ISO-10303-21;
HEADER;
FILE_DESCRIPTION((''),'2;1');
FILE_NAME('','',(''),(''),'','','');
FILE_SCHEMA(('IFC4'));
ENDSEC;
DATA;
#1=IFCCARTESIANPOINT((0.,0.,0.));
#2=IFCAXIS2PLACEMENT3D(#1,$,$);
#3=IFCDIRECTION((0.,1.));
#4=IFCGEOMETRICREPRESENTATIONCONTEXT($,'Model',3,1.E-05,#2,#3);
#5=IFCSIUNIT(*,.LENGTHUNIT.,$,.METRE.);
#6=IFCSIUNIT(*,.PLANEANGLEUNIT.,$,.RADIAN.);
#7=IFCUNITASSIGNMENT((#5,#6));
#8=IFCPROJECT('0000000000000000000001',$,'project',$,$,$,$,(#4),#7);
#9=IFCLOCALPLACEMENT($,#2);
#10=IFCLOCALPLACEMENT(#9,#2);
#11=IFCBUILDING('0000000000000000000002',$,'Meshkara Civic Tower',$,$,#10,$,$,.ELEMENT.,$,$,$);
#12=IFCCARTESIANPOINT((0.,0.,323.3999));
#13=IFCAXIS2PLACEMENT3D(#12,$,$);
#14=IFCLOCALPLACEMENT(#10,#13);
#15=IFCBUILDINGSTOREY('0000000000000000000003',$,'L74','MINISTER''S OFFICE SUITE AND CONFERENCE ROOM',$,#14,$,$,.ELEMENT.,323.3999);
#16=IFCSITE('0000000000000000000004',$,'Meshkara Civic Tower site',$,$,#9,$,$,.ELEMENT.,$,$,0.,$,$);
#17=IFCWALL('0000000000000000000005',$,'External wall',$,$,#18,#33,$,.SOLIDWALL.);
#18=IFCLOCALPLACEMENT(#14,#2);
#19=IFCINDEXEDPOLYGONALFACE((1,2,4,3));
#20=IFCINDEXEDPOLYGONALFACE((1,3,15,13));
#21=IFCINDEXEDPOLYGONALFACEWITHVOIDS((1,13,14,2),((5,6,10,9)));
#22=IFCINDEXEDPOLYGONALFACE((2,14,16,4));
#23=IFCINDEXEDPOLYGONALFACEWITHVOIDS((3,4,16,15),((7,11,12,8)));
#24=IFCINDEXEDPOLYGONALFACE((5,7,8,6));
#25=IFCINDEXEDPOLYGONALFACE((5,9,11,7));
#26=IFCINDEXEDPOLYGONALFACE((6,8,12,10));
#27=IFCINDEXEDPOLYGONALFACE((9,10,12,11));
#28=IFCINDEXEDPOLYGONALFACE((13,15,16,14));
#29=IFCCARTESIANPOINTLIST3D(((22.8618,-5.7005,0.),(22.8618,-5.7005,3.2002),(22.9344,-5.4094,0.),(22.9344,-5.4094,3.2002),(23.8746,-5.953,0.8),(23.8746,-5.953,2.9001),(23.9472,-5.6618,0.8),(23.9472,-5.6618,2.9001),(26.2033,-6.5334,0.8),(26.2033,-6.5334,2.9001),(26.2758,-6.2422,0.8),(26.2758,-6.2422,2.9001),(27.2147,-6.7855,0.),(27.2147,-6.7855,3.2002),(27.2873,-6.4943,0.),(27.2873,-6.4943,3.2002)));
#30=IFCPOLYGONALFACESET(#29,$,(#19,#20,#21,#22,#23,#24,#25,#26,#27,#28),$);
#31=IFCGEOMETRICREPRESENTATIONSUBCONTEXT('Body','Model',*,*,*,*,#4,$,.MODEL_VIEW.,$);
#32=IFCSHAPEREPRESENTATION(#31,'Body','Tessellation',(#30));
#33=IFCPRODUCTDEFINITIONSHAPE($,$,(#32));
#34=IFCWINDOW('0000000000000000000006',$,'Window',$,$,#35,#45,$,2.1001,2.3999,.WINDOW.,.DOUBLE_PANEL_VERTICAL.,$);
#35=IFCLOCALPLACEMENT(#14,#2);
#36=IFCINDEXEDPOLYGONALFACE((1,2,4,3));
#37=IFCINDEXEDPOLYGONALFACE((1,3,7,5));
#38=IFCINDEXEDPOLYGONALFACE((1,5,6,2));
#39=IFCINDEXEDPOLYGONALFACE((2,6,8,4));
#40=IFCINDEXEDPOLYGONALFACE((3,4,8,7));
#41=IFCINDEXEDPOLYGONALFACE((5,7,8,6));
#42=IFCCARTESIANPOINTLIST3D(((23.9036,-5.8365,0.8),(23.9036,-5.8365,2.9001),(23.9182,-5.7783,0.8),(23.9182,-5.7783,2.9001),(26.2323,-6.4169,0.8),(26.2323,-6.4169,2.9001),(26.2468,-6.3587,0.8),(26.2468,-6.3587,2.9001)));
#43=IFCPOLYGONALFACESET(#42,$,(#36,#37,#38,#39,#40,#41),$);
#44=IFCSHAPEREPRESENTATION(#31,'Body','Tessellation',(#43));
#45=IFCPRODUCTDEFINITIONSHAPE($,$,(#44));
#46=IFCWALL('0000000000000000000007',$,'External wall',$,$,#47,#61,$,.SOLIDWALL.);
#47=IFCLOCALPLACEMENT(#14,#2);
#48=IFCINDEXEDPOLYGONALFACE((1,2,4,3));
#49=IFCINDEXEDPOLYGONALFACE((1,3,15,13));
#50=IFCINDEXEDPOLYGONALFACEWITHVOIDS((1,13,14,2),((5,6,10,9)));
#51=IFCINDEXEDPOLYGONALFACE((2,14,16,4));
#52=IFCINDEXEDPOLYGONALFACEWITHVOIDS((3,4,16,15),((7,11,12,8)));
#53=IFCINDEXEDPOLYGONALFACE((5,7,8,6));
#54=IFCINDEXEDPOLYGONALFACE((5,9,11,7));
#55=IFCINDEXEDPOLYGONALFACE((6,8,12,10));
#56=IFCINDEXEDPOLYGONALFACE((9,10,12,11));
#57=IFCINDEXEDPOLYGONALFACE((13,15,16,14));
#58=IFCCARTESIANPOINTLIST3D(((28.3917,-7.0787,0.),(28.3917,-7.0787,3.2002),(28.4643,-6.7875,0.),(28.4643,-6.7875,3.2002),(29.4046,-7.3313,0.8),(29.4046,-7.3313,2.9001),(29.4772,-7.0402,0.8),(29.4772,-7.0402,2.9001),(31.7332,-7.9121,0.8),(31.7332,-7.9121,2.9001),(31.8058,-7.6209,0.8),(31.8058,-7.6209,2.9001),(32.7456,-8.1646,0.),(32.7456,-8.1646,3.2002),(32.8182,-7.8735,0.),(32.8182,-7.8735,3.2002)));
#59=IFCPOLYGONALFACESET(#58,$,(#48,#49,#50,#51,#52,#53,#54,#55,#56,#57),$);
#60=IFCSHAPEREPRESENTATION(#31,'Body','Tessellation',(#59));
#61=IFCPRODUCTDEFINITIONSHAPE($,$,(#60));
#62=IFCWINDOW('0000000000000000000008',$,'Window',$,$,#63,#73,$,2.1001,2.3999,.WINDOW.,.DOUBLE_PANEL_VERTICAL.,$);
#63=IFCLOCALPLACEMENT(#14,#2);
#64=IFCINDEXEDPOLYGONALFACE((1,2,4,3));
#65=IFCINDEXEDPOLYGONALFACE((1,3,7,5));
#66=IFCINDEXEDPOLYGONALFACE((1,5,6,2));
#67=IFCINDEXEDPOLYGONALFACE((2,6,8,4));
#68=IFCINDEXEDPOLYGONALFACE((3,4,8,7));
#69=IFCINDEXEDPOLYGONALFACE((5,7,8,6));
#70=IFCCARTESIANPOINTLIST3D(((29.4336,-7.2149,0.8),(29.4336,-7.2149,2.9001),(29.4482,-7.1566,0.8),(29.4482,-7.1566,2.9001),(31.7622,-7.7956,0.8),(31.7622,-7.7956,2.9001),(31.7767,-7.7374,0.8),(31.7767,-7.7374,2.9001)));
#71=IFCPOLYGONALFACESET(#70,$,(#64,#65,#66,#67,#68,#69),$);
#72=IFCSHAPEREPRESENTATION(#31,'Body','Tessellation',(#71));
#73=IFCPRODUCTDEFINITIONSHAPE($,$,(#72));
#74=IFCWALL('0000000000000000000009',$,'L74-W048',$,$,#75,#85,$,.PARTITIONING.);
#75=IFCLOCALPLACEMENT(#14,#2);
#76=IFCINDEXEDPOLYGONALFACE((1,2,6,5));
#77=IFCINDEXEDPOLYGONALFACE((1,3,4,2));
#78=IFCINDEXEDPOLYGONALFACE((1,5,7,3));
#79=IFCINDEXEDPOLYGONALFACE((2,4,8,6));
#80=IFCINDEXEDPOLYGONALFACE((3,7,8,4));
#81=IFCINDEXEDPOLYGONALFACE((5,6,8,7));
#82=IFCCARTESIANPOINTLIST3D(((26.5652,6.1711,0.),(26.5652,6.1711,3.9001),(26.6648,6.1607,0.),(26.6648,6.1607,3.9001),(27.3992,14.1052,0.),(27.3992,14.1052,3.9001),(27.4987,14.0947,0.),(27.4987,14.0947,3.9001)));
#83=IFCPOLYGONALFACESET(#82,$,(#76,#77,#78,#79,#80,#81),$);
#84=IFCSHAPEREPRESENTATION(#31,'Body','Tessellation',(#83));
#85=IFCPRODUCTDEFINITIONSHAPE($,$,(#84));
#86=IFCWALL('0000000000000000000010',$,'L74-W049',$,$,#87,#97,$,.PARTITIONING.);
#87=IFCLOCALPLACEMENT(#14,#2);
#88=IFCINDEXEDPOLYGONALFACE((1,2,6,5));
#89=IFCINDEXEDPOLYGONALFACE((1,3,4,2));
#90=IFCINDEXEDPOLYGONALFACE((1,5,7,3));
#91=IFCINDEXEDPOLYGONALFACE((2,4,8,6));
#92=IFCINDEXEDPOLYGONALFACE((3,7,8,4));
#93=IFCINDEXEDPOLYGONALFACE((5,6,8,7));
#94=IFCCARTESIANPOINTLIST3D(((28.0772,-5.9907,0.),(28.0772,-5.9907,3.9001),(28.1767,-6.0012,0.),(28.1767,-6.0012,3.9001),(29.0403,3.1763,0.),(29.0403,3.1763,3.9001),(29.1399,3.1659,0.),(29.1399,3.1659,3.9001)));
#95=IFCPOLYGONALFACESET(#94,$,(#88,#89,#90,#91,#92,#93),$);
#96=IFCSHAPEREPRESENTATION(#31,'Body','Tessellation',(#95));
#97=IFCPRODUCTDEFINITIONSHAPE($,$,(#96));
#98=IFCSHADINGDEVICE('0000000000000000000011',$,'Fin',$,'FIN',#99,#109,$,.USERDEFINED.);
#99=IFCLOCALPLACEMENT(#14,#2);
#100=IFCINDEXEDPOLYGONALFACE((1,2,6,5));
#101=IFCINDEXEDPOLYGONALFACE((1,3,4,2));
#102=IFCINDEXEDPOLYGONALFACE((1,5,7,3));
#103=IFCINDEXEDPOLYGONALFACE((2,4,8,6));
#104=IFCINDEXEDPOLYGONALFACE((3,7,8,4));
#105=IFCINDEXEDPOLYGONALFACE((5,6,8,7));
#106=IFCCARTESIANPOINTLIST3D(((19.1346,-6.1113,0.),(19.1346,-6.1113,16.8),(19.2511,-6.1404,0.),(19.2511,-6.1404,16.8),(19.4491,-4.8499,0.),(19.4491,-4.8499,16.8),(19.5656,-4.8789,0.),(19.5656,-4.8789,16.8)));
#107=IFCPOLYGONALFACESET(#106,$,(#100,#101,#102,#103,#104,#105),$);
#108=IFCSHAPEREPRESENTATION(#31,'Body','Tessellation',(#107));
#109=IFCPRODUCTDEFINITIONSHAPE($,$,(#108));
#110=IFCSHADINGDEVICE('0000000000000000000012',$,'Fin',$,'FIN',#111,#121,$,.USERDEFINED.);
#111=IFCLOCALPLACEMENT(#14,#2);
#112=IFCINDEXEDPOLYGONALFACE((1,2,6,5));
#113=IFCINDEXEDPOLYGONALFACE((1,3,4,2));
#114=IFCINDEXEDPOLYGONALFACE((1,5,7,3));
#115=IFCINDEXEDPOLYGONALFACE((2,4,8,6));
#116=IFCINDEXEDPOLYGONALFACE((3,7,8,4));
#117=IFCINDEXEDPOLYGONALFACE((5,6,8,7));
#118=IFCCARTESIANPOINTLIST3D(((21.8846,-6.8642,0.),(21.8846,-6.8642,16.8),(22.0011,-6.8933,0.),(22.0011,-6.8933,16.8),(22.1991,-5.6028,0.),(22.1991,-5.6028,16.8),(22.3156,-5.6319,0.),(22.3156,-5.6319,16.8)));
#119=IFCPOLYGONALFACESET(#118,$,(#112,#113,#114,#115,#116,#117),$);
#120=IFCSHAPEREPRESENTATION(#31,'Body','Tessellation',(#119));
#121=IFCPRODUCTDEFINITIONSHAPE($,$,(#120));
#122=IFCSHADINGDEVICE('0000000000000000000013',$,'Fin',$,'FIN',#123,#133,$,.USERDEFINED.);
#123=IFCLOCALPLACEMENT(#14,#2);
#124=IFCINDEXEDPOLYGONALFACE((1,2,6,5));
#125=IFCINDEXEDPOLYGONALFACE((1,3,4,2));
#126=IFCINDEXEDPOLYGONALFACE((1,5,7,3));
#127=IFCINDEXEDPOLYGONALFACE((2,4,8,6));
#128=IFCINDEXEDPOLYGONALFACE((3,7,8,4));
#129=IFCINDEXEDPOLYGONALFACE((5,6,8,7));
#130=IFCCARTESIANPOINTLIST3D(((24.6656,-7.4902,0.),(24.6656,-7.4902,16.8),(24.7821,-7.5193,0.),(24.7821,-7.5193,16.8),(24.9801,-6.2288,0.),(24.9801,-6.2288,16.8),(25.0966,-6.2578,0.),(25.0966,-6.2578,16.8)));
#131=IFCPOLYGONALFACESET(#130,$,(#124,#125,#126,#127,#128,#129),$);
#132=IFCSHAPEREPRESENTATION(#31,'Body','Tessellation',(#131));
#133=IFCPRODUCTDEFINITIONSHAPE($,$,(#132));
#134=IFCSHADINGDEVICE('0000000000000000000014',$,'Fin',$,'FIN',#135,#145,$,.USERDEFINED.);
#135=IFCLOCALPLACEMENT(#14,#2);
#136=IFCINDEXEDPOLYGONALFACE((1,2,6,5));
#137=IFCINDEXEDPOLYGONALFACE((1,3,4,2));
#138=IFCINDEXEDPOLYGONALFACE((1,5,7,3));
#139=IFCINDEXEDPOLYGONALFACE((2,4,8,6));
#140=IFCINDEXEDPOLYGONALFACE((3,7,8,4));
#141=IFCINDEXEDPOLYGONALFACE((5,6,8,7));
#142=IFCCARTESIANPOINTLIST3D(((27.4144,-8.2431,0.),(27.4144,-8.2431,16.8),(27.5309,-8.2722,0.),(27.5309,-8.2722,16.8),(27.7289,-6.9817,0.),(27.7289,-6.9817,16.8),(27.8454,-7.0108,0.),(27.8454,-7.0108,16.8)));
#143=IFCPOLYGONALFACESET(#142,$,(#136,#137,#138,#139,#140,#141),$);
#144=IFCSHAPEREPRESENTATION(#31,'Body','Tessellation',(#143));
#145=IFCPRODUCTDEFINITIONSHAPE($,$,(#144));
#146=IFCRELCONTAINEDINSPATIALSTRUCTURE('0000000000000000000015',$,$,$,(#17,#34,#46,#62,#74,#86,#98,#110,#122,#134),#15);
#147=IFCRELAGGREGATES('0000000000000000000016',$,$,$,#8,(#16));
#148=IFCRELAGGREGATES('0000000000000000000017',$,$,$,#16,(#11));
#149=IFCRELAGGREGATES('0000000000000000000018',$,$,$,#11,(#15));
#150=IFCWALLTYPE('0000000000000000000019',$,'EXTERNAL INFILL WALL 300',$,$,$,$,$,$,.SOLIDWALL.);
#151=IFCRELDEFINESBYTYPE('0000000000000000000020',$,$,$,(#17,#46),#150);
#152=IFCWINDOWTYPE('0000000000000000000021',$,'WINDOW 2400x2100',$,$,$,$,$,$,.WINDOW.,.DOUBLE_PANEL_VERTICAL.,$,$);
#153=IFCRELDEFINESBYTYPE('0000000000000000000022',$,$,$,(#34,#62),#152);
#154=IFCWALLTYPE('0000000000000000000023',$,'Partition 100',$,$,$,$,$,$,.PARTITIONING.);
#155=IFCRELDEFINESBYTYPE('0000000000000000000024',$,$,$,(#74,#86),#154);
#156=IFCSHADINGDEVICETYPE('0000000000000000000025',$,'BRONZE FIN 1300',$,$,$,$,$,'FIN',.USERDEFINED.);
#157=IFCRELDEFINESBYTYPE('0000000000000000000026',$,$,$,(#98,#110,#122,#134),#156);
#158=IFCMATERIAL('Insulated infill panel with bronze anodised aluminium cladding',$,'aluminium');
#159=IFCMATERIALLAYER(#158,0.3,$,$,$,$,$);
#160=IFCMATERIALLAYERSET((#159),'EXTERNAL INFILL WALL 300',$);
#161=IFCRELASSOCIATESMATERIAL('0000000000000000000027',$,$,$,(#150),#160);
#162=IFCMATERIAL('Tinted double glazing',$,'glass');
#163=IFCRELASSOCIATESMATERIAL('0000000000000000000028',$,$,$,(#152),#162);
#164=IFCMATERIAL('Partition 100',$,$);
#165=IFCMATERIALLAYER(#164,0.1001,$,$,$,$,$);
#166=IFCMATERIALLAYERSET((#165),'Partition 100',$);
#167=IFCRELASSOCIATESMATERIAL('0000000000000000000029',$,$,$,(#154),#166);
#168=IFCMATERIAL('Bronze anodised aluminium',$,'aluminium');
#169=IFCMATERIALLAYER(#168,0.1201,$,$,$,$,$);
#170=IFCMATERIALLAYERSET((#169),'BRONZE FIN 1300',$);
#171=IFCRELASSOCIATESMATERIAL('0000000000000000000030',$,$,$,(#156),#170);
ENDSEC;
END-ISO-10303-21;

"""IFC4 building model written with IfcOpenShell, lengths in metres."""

from ifc_helpers import new_model, si_unit, direction, frame, frame_2d, origin, origin_2d, place, context, subcontext, project, spatial, rectangle, extrude, material, layer, layer_set, type_object, element, fill, save


model = new_model("IFC4")

# Units and contexts
model_context = context("Model", 3, precision=1e-05, world=origin(), true_north=direction((0.0, 1.0)))
body_context = subcontext(model_context, "Body", "Model", "MODEL_VIEW")
ifc_project = project(units=[si_unit("LENGTHUNIT", "METRE"), si_unit("PLANEANGLEUNIT", "RADIAN")], contexts=[model_context])

# Site, building, storey
site_placement = place(None, origin())
site = spatial("IfcSite", under=ifc_project, at=site_placement, Name="Meshkara Civic Tower site", CompositionType="ELEMENT", RefElevation=0.0)
building_placement = place(site_placement, origin())
building = spatial("IfcBuilding", under=site, at=building_placement, Name="Meshkara Civic Tower", CompositionType="ELEMENT")
storey_placement = place(building_placement, frame((0.0, 0.0, 323.3999)))
storey = spatial("IfcBuildingStorey", under=building, at=storey_placement, Name="L74", Description="MINISTER'S OFFICE SUITE AND CONFERENCE ROOM", CompositionType="ELEMENT", Elevation=323.3999)

# Walls, openings, windows
ifc_material_1 = material(Name="Insulated infill panel with bronze anodised aluminium cladding", Category="aluminium")
ifc_layer_1 = layer(ifc_material_1, 0.3)
ifc_layer_set_1 = layer_set([ifc_layer_1], Name="EXTERNAL INFILL WALL 300")
wall_type_1 = type_object("IfcWallType", Name="EXTERNAL INFILL WALL 300", PredefinedType="SOLIDWALL", material=ifc_layer_set_1)
ifc_material_2 = material(Name="Tinted double glazing", Category="glass")
window_type = type_object("IfcWindowType", Name="WINDOW 2400x2100", PartitioningType="DOUBLE_PANEL_VERTICAL", PredefinedType="WINDOW", material=ifc_material_2)
wall_1_placement = place(storey_placement, frame((22.8979, -5.5549, 0.0), z_axis=(0.0, 0.0, 1.0), x_axis=(0.970315, -0.241844, 0.0)))
wall_1 = element("IfcWall", 1, at=wall_1_placement, inside=storey, type_object=wall_type_1, Name="External wall", PredefinedType="SOLIDWALL", context=body_context, shape_type="SweptSolid", body=[
    extrude(rectangle(XDim=4.4861, YDim=0.3, at=frame_2d((2.2432, 0.0))), origin(), (0.0, 0.0, 1.0), 3.2002),
])
opening_1_placement = place(wall_1_placement, frame((1.0439, 0.0, 0.8)))
opening_1 = element("IfcOpeningElement", 2, at=opening_1_placement, cuts=wall_1, PredefinedType="OPENING", context=body_context, shape_type="SweptSolid", body=[
    extrude(rectangle(XDim=2.3999, YDim=2.1001, at=frame_2d((1.2, 1.05))), frame((0.0, 0.1599, 0.0), z_axis=(0.0, -1.0, 0.0), x_axis=(1.0, 0.0, 0.0)), (0.0, 0.0, 1.0), 0.3201),
])
window_1_placement = place(opening_1_placement, origin())
window_1 = element("IfcWindow", 3, at=window_1_placement, inside=storey, type_object=window_type, Name="Window", OverallHeight=2.1001, OverallWidth=2.3999, PartitioningType="DOUBLE_PANEL_VERTICAL", PredefinedType="WINDOW", context=body_context, shape_type="SweptSolid", body=[
    extrude(rectangle(XDim=2.3999, YDim=2.1001, at=frame_2d((1.2, 1.05))), frame((0.0, 0.03, 0.0), z_axis=(0.0, -1.0, 0.0), x_axis=(1.0, 0.0, 0.0)), (0.0, 0.0, 1.0), 0.0601),
])
fill(opening_1, window_1)
wall_2_placement = place(storey_placement, frame((28.428, -6.9331, 0.0), z_axis=(0.0, 0.0, 1.0), x_axis=(0.970277, -0.241998, 0.0)))
wall_2 = element("IfcWall", 4, at=wall_2_placement, inside=storey, type_object=wall_type_1, Name="External wall", PredefinedType="SOLIDWALL", context=body_context, shape_type="SweptSolid", body=[
    extrude(rectangle(XDim=4.4873, YDim=0.3, at=frame_2d((2.2437, 0.0))), origin(), (0.0, 0.0, 1.0), 3.2002),
])
opening_2_placement = place(wall_2_placement, frame((1.0439, 0.0, 0.8)))
opening_2 = element("IfcOpeningElement", 5, at=opening_2_placement, cuts=wall_2, PredefinedType="OPENING", context=body_context, shape_type="SweptSolid", body=[
    extrude(rectangle(XDim=2.3999, YDim=2.1001, at=frame_2d((1.2, 1.05))), frame((0.0, 0.1599, 0.0), z_axis=(0.0, -1.0, 0.0), x_axis=(1.0, 0.0, 0.0)), (0.0, 0.0, 1.0), 0.3201),
])
window_2_placement = place(opening_2_placement, origin())
window_2 = element("IfcWindow", 6, at=window_2_placement, inside=storey, type_object=window_type, Name="Window", OverallHeight=2.1001, OverallWidth=2.3999, PartitioningType="DOUBLE_PANEL_VERTICAL", PredefinedType="WINDOW", context=body_context, shape_type="SweptSolid", body=[
    extrude(rectangle(XDim=2.3999, YDim=2.1001, at=frame_2d((1.2, 1.05))), frame((0.0, 0.03, 0.0), z_axis=(0.0, -1.0, 0.0), x_axis=(1.0, 0.0, 0.0)), (0.0, 0.0, 1.0), 0.0601),
])
fill(opening_2, window_2)

# Walls
ifc_material_3 = material(Name="Partition 100")
ifc_layer_2 = layer(ifc_material_3, 0.1001)
ifc_layer_set_2 = layer_set([ifc_layer_2], Name="Partition 100")
wall_type_2 = type_object("IfcWallType", Name="Partition 100", PredefinedType="PARTITIONING", material=ifc_layer_set_2)
wall_3_placement = place(storey_placement, frame((26.615, 6.166, 0.0), z_axis=(0.0, 0.0, 1.0), x_axis=(0.104538, 0.994521, 0.0)))
element("IfcWall", 7, at=wall_3_placement, inside=storey, type_object=wall_type_2, Name="L74-W048", PredefinedType="PARTITIONING", context=body_context, shape_type="SweptSolid", body=[
    extrude(rectangle(XDim=7.9778, YDim=0.1001, at=frame_2d((3.9888, 0.0))), origin(), (0.0, 0.0, 1.0), 3.9001),
])
wall_4_placement = place(storey_placement, frame((28.127, -5.9961, 0.0), z_axis=(0.0, 0.0, 1.0), x_axis=(0.10449, 0.994526, 0.0)))
element("IfcWall", 8, at=wall_4_placement, inside=storey, type_object=wall_type_2, Name="L74-W049", PredefinedType="PARTITIONING", context=body_context, shape_type="SweptSolid", body=[
    extrude(rectangle(XDim=9.2175, YDim=0.1001, at=frame_2d((4.6089, 0.0))), origin(), (0.0, 0.0, 1.0), 3.9001),
])

# Shading devices
ifc_material_4 = material(Name="Bronze anodised aluminium", Category="aluminium")
ifc_layer_3 = layer(ifc_material_4, 0.1201)
ifc_layer_set_3 = layer_set([ifc_layer_3], Name="BRONZE FIN 1300")
shading_device_type = type_object("IfcShadingDeviceType", Name="BRONZE FIN 1300", ElementType="FIN", PredefinedType="USERDEFINED", material=ifc_layer_set_3)
for number, where, z_axis, x_axis, name in (
    (9, (19.3501, -5.4951, 0.0), (0.0, 0.0, 1.0), (0.970296, -0.241922, 0.0), "Fin"),
    (10, (22.1001, -6.248, 0.0), (0.0, 0.0, 1.0), (0.970296, -0.241922, 0.0), "Fin"),
    (11, (24.8811, -6.874, 0.0), (0.0, 0.0, 1.0), (0.970296, -0.241922, 0.0), "Fin"),
    (12, (27.6299, -7.627, 0.0), (0.0, 0.0, 1.0), (0.970296, -0.241922, 0.0), "Fin"),
):
    element("IfcShadingDevice", number, at=place(storey_placement, frame(where, z_axis=z_axis, x_axis=x_axis)), inside=storey, type_object=shading_device_type, Name=name, ObjectType="FIN", PredefinedType="USERDEFINED", context=body_context, shape_type="SweptSolid", body=[
        extrude(rectangle(XDim=0.1201, YDim=1.3, at=origin_2d()), origin(), (0.0, 0.0, 1.0), 16.8),
    ])

save(model, "model.ifc")
